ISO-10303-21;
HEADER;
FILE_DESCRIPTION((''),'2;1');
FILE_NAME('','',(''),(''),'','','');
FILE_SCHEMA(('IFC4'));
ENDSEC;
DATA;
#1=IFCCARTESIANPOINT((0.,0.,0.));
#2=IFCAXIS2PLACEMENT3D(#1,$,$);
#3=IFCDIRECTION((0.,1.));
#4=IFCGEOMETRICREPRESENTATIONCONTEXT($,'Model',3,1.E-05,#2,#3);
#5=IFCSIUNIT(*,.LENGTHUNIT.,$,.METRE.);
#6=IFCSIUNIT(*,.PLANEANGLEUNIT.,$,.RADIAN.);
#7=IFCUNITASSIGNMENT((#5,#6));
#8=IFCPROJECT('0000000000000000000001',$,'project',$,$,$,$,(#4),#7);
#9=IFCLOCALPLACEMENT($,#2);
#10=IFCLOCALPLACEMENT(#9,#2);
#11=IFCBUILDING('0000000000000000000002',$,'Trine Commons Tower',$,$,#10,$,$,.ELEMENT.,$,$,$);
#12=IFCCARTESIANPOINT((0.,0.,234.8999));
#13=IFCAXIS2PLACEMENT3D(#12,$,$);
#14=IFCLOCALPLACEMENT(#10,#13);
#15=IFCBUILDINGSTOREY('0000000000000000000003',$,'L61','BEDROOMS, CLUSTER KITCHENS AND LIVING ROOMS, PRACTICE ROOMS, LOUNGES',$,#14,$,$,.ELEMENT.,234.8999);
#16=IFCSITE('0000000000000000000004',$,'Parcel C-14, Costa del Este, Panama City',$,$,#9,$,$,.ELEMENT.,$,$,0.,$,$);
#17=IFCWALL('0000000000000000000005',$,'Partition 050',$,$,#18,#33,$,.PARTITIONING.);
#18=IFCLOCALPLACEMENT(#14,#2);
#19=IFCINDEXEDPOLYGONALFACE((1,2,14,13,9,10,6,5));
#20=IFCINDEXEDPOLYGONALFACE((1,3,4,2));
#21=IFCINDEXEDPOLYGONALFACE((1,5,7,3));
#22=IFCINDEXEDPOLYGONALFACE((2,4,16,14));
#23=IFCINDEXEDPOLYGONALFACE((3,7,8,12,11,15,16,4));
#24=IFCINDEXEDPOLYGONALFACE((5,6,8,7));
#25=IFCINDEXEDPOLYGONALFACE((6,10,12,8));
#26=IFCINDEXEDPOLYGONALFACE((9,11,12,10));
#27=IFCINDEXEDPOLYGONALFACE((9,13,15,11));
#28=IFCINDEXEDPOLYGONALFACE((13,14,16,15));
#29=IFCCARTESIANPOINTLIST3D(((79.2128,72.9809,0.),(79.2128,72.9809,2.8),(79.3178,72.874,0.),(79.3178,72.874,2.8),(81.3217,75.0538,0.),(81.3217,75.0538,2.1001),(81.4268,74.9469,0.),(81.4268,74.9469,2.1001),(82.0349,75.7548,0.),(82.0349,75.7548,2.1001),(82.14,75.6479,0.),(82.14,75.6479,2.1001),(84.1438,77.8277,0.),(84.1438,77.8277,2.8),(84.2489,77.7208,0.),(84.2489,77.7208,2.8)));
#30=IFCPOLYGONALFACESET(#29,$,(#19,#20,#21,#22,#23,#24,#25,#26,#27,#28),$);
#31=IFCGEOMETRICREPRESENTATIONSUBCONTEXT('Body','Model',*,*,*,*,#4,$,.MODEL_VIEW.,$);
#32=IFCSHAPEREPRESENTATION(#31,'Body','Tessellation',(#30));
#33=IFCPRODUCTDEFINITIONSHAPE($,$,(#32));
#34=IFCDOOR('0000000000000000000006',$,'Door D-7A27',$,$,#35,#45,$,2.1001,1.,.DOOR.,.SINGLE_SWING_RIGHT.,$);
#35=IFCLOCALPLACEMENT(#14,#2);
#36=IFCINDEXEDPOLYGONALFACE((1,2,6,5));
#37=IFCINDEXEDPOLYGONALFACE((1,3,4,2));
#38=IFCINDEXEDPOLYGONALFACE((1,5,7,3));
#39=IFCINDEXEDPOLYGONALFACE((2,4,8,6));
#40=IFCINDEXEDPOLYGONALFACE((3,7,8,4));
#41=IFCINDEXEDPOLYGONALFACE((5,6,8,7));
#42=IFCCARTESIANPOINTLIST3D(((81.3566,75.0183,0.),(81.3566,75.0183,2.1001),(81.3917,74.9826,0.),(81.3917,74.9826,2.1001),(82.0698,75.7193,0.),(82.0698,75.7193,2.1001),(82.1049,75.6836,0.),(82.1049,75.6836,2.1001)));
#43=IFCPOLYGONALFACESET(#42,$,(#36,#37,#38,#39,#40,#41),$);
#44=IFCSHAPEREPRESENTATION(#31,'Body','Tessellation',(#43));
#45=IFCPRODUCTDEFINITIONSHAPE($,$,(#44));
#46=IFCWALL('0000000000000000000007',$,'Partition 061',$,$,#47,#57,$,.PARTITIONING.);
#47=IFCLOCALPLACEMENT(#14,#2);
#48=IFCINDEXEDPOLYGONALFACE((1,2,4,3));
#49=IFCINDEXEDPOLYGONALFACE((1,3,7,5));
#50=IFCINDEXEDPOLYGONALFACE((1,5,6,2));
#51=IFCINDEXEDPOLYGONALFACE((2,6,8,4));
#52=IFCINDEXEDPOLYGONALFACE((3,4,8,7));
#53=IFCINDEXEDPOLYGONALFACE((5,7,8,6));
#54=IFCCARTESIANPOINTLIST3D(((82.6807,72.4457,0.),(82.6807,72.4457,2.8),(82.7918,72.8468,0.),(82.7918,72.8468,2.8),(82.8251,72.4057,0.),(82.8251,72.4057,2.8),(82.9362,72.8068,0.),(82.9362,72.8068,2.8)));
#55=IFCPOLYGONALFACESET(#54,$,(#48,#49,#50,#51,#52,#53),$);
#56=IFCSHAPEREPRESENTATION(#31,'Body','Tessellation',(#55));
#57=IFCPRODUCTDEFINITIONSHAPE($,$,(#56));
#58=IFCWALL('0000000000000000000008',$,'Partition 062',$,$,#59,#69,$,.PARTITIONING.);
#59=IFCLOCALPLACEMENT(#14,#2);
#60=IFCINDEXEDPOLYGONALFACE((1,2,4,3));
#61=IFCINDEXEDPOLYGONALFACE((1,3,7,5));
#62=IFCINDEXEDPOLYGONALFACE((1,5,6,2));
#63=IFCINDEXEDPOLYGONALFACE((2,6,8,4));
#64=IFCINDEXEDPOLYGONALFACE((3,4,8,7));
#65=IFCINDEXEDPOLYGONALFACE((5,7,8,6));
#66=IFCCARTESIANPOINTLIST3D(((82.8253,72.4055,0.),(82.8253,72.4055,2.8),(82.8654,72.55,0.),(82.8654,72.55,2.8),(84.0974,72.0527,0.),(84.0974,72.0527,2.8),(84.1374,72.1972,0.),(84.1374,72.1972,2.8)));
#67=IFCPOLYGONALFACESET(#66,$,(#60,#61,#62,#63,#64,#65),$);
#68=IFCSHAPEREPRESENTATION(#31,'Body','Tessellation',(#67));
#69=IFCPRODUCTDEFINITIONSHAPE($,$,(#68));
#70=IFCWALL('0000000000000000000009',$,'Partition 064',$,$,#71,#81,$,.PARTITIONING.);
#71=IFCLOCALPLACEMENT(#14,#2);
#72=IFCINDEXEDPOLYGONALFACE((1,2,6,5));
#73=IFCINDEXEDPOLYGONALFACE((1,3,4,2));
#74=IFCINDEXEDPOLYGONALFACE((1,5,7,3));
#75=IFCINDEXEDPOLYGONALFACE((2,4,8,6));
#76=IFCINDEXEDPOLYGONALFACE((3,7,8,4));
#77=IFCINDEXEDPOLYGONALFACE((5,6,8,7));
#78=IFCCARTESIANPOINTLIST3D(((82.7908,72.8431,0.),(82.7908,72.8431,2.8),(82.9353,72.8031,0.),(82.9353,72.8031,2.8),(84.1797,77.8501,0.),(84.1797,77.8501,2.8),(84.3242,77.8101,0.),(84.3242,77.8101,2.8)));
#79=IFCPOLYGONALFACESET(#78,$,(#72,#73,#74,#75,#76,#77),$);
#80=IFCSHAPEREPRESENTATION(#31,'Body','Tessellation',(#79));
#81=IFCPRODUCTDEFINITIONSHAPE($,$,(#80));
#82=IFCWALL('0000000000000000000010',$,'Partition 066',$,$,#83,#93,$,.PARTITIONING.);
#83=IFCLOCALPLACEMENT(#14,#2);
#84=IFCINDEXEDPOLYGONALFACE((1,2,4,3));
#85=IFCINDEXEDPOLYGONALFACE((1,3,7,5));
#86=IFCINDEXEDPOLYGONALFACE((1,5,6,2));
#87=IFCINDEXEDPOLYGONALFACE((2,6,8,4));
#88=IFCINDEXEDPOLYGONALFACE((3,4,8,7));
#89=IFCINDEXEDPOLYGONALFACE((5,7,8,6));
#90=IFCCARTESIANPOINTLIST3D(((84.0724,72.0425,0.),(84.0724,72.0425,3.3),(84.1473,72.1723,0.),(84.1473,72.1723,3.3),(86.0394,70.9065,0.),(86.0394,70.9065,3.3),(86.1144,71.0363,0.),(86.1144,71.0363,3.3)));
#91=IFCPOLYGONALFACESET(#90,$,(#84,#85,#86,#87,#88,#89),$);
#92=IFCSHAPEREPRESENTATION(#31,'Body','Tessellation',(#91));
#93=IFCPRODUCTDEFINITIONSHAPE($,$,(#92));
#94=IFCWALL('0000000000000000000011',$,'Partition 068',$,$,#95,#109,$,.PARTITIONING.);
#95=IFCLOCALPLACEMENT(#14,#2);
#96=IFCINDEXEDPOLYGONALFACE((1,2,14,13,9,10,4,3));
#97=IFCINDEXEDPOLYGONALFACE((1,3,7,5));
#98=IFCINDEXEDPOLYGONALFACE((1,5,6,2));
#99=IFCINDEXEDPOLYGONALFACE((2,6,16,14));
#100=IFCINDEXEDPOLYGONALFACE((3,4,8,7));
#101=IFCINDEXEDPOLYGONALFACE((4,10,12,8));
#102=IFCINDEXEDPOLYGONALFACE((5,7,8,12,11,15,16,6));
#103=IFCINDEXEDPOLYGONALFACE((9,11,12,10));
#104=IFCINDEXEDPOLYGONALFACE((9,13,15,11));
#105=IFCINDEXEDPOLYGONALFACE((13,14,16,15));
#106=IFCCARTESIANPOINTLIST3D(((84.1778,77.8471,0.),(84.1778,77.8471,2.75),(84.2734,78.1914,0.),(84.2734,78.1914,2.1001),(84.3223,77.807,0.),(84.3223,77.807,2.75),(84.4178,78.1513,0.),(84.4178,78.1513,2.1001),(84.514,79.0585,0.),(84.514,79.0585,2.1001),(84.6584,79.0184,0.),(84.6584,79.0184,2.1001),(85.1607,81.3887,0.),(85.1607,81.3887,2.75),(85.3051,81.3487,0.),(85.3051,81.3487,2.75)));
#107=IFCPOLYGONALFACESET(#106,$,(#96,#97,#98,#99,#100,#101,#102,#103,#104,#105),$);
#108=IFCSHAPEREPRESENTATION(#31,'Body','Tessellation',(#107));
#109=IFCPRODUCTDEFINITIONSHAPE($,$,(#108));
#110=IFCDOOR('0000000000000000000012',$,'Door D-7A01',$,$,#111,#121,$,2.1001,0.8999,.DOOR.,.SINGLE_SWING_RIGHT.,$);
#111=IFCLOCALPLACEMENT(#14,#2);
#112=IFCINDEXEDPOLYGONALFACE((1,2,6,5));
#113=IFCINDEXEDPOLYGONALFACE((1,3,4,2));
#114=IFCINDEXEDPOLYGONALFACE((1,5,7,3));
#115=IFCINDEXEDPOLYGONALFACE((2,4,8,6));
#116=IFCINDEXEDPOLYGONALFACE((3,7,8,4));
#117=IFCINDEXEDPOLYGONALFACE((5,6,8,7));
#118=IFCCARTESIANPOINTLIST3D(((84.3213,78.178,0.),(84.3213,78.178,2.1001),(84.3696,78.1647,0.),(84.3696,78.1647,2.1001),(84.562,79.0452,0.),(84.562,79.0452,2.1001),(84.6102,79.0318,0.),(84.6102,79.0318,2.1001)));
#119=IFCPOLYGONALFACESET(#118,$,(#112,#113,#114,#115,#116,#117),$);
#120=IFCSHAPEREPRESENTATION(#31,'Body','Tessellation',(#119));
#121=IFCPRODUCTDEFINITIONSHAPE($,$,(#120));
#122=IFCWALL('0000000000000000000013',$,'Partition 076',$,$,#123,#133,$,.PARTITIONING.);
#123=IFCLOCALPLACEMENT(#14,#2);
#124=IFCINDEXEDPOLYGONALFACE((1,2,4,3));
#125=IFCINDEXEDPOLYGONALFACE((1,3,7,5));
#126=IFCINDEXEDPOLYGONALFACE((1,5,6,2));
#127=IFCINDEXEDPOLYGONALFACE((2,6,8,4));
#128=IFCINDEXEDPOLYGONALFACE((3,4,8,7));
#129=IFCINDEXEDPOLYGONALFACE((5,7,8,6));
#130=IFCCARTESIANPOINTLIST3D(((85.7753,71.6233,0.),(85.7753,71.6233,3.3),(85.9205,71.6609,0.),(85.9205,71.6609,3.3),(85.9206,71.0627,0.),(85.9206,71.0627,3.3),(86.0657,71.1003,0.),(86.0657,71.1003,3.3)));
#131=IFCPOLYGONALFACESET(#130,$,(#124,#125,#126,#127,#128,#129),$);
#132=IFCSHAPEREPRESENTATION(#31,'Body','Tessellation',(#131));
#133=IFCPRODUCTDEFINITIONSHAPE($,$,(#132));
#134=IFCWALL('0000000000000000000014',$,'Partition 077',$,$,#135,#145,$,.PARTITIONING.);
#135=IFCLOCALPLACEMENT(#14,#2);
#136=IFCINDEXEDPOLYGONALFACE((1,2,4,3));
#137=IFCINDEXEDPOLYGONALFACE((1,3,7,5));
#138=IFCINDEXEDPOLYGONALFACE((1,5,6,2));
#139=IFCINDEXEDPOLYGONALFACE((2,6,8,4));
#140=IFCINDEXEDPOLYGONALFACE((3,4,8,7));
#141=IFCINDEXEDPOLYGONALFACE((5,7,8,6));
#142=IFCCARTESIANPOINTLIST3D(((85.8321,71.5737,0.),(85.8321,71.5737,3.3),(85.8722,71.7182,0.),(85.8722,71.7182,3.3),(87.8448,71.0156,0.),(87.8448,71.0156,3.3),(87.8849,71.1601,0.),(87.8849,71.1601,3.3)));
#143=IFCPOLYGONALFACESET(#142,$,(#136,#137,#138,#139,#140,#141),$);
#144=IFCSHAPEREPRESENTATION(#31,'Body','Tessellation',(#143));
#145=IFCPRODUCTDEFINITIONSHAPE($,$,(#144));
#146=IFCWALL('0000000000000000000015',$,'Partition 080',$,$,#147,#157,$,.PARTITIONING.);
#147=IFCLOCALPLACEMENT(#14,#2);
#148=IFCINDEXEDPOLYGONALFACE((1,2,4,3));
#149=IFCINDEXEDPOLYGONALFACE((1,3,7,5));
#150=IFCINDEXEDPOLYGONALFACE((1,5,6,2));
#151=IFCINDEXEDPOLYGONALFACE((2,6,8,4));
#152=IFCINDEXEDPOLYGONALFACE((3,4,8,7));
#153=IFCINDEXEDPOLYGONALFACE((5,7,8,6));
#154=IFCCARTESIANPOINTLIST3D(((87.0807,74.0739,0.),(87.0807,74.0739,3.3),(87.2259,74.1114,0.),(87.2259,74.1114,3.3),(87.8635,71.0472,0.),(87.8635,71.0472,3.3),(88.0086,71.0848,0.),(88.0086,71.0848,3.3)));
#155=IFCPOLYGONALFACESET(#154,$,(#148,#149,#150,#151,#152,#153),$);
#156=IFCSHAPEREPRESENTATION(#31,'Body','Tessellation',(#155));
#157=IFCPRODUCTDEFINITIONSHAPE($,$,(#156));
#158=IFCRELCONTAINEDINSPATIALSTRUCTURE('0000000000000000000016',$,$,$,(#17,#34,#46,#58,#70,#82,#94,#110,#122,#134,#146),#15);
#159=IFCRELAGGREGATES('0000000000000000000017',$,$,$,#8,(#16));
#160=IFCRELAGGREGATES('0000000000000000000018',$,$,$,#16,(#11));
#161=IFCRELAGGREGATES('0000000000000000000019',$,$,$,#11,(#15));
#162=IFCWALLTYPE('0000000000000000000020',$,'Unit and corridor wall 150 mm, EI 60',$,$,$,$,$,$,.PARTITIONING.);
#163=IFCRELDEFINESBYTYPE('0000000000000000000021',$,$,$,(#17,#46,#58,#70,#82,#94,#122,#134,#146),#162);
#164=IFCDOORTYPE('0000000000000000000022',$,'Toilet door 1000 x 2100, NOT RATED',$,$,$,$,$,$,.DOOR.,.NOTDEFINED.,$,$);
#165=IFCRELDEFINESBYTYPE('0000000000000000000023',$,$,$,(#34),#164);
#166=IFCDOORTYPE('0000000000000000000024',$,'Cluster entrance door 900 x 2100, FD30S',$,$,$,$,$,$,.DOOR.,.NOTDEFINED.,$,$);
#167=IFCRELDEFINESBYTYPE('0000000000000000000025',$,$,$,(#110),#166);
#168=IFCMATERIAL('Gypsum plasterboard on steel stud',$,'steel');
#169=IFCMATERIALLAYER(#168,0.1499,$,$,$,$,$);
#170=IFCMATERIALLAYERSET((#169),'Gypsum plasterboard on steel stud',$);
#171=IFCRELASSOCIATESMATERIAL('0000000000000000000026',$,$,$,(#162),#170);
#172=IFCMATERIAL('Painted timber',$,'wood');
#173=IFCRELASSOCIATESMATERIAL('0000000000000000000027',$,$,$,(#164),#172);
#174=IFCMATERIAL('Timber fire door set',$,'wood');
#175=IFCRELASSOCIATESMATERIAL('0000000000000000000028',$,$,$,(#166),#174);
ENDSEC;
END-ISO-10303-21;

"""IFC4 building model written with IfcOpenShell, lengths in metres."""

from ifc_helpers import new_model, si_unit, direction, frame, frame_2d, origin, place, context, subcontext, project, spatial, rectangle, extrude, material, layer, layer_set, type_object, element, fill, save


model = new_model("IFC4")

# Units and contexts
model_context = context("Model", 3, precision=1e-05, world=origin(), true_north=direction((0.0, 1.0)))
body_context = subcontext(model_context, "Body", "Model", "MODEL_VIEW")
ifc_project = project(units=[si_unit("LENGTHUNIT", "METRE"), si_unit("PLANEANGLEUNIT", "RADIAN")], contexts=[model_context])

# Site, building, storey
site_placement = place(None, origin())
site = spatial("IfcSite", under=ifc_project, at=site_placement, Name="Parcel C-14, Costa del Este, Panama City", CompositionType="ELEMENT", RefElevation=0.0)
building_placement = place(site_placement, origin())
building = spatial("IfcBuilding", under=site, at=building_placement, Name="Trine Commons Tower", CompositionType="ELEMENT")
storey_placement = place(building_placement, frame((0.0, 0.0, 234.8999)))
storey = spatial("IfcBuildingStorey", under=building, at=storey_placement, Name="L61", Description="BEDROOMS, CLUSTER KITCHENS AND LIVING ROOMS, PRACTICE ROOMS, LOUNGES", CompositionType="ELEMENT", Elevation=234.8999)

# Shared definitions
ifc_material_1 = material(Name="Gypsum plasterboard on steel stud", Category="steel")
ifc_layer_1 = layer(ifc_material_1, 0.1499)
ifc_layer_set_1 = layer_set([ifc_layer_1], Name="Gypsum plasterboard on steel stud")
wall_type_1 = type_object("IfcWallType", Name="Unit and corridor wall 150 mm, EI 60", PredefinedType="PARTITIONING", material=ifc_layer_set_1)

# Wall, opening, door
wall_1_placement = place(storey_placement, frame((79.2654, 72.9275, 0.0), z_axis=(0.0, 0.0, 1.0), x_axis=(0.713171, 0.70099, 0.0)))
wall_1 = element("IfcWall", 1, at=wall_1_placement, inside=storey, type_object=wall_type_1, Name="Partition 050", PredefinedType="PARTITIONING", context=body_context, shape_type="SweptSolid", body=[
    extrude(rectangle(XDim=6.9143, YDim=0.1499, at=frame_2d((3.457, 0.0))), origin(), (0.0, 0.0, 1.0), 2.8),
])
opening_1_placement = place(wall_1_placement, frame((2.957, 0.0, 0.0)))
opening_1 = element("IfcOpeningElement", 2, at=opening_1_placement, cuts=wall_1, PredefinedType="OPENING", context=body_context, shape_type="SweptSolid", body=[
    extrude(rectangle(XDim=1.0, YDim=2.1001, at=frame_2d((0.5, 1.05))), frame((0.0, 0.085, 0.0), z_axis=(0.0, -1.0, 0.0), x_axis=(1.0, 0.0, 0.0)), (0.0, 0.0, 1.0), 0.1699),
])
ifc_material_2 = material(Name="Painted timber", Category="wood")
door_type_1 = type_object("IfcDoorType", Name="Toilet door 1000 x 2100, NOT RATED", OperationType="NOTDEFINED", PredefinedType="DOOR", material=ifc_material_2)
door_1_placement = place(opening_1_placement, frame((1.0, 0.0, 0.0), z_axis=(0.0, 0.0, 1.0), x_axis=(-1.0, 0.0, 0.0)))
door_1 = element("IfcDoor", 3, at=door_1_placement, inside=storey, type_object=door_type_1, Name="Door D-7A27", OperationType="SINGLE_SWING_RIGHT", OverallHeight=2.1001, OverallWidth=1.0, PredefinedType="DOOR", context=body_context, shape_type="SweptSolid", body=[
    extrude(rectangle(XDim=1.0, YDim=2.1001, at=frame_2d((0.5, 1.05))), frame((0.0, 0.0249, 0.0), z_axis=(0.0, -1.0, 0.0), x_axis=(1.0, 0.0, 0.0)), (0.0, 0.0, 1.0), 0.05),
])
fill(opening_1, door_1)

# Walls
wall_2_placement = place(storey_placement, frame((82.7529, 72.4258, 0.0), z_axis=(0.0, 0.0, 1.0), x_axis=(0.266887, 0.963728, 0.0)))
element("IfcWall", 4, at=wall_2_placement, inside=storey, type_object=wall_type_1, Name="Partition 061", PredefinedType="PARTITIONING", context=body_context, shape_type="SweptSolid", body=[
    extrude(rectangle(XDim=0.4163, YDim=0.1499, at=frame_2d((0.208, 0.0))), origin(), (0.0, 0.0, 1.0), 2.8),
])
wall_3_placement = place(storey_placement, frame((82.8452, 72.4778, 0.0), z_axis=(0.0, 0.0, 1.0), x_axis=(0.963624, -0.267262, 0.0)))
element("IfcWall", 5, at=wall_3_placement, inside=storey, type_object=wall_type_1, Name="Partition 062", PredefinedType="PARTITIONING", context=body_context, shape_type="SweptSolid", body=[
    extrude(rectangle(XDim=1.3201, YDim=0.1499, at=frame_2d((0.6602, 0.0))), origin(), (0.0, 0.0, 1.0), 2.8),
])
wall_4_placement = place(storey_placement, frame((82.863, 72.823, 0.0), z_axis=(0.0, 0.0, 1.0), x_axis=(0.267297, 0.963614, 0.0)))
element("IfcWall", 6, at=wall_4_placement, inside=storey, type_object=wall_type_1, Name="Partition 064", PredefinedType="PARTITIONING", context=body_context, shape_type="SweptSolid", body=[
    extrude(rectangle(XDim=5.196, YDim=0.1499, at=frame_2d((2.5981, 0.0))), origin(), (0.0, 0.0, 1.0), 2.8),
])
wall_5_placement = place(storey_placement, frame((84.1099, 72.1074, 0.0), z_axis=(0.0, 0.0, 1.0), x_axis=(0.865965, -0.500104, 0.0)))
element("IfcWall", 7, at=wall_5_placement, inside=storey, type_object=wall_type_1, Name="Partition 066", PredefinedType="PARTITIONING", context=body_context, shape_type="SweptSolid", body=[
    extrude(rectangle(XDim=2.2715, YDim=0.1499, at=frame_2d((1.1357, 0.0))), origin(), (0.0, 0.0, 1.0), 3.3),
])

# Wall, opening, door
wall_6_placement = place(storey_placement, frame((84.25, 77.8269, 0.0), z_axis=(0.0, 0.0, 1.0), x_axis=(0.267414, 0.963582, 0.0)))
wall_6 = element("IfcWall", 8, at=wall_6_placement, inside=storey, type_object=wall_type_1, Name="Partition 068", PredefinedType="PARTITIONING", context=body_context, shape_type="SweptSolid", body=[
    extrude(rectangle(XDim=3.6755, YDim=0.1499, at=frame_2d((1.8379, 0.0))), origin(), (0.0, 0.0, 1.0), 2.75),
])
opening_2_placement = place(wall_6_placement, frame((0.3574, 0.0, 0.0)))
opening_2 = element("IfcOpeningElement", 9, at=opening_2_placement, cuts=wall_6, PredefinedType="OPENING", context=body_context, shape_type="SweptSolid", body=[
    extrude(rectangle(XDim=0.8999, YDim=2.1001, at=frame_2d((0.45, 1.05))), frame((0.0, 0.085, 0.0), z_axis=(0.0, -1.0, 0.0), x_axis=(1.0, 0.0, 0.0)), (0.0, 0.0, 1.0), 0.1699),
])
ifc_material_3 = material(Name="Timber fire door set", Category="wood")
door_type_2 = type_object("IfcDoorType", Name="Cluster entrance door 900 x 2100, FD30S", OperationType="NOTDEFINED", PredefinedType="DOOR", material=ifc_material_3)
door_2_placement = place(opening_2_placement, frame((0.8999, 0.0, 0.0), z_axis=(0.0, 0.0, 1.0), x_axis=(-1.0, 0.0, 0.0)))
door_2 = element("IfcDoor", 10, at=door_2_placement, inside=storey, type_object=door_type_2, Name="Door D-7A01", OperationType="SINGLE_SWING_RIGHT", OverallHeight=2.1001, OverallWidth=0.8999, PredefinedType="DOOR", context=body_context, shape_type="SweptSolid", body=[
    extrude(rectangle(XDim=0.8999, YDim=2.1001, at=frame_2d((0.45, 1.05))), frame((0.0, 0.0249, 0.0), z_axis=(0.0, -1.0, 0.0), x_axis=(1.0, 0.0, 0.0)), (0.0, 0.0, 1.0), 0.05),
])
fill(opening_2, door_2)

# Walls
wall_7_placement = place(storey_placement, frame((85.8479, 71.6421, 0.0), z_axis=(0.0, 0.0, 1.0), x_axis=(0.25086, -0.968023, 0.0)))
element("IfcWall", 11, at=wall_7_placement, inside=storey, type_object=wall_type_1, Name="Partition 076", PredefinedType="PARTITIONING", context=body_context, shape_type="SweptSolid", body=[
    extrude(rectangle(XDim=0.5791, YDim=0.1499, at=frame_2d((0.2896, 0.0))), origin(), (0.0, 0.0, 1.0), 3.3),
])
wall_8_placement = place(storey_placement, frame((85.8521, 71.646, 0.0), z_axis=(0.0, 0.0, 1.0), x_axis=(0.963638, -0.26721, 0.0)))
element("IfcWall", 12, at=wall_8_placement, inside=storey, type_object=wall_type_1, Name="Partition 077", PredefinedType="PARTITIONING", context=body_context, shape_type="SweptSolid", body=[
    extrude(rectangle(XDim=2.0886, YDim=0.1499, at=frame_2d((1.0444, 0.0))), origin(), (0.0, 0.0, 1.0), 3.3),
])
wall_9_placement = place(storey_placement, frame((87.1533, 74.0925, 0.0), z_axis=(0.0, 0.0, 1.0), x_axis=(0.250374, -0.968149, 0.0)))
element("IfcWall", 13, at=wall_9_placement, inside=storey, type_object=wall_type_1, Name="Partition 080", PredefinedType="PARTITIONING", context=body_context, shape_type="SweptSolid", body=[
    extrude(rectangle(XDim=3.1262, YDim=0.1499, at=frame_2d((1.563, 0.0))), origin(), (0.0, 0.0, 1.0), 3.3),
])

save(model, "model.ifc")
